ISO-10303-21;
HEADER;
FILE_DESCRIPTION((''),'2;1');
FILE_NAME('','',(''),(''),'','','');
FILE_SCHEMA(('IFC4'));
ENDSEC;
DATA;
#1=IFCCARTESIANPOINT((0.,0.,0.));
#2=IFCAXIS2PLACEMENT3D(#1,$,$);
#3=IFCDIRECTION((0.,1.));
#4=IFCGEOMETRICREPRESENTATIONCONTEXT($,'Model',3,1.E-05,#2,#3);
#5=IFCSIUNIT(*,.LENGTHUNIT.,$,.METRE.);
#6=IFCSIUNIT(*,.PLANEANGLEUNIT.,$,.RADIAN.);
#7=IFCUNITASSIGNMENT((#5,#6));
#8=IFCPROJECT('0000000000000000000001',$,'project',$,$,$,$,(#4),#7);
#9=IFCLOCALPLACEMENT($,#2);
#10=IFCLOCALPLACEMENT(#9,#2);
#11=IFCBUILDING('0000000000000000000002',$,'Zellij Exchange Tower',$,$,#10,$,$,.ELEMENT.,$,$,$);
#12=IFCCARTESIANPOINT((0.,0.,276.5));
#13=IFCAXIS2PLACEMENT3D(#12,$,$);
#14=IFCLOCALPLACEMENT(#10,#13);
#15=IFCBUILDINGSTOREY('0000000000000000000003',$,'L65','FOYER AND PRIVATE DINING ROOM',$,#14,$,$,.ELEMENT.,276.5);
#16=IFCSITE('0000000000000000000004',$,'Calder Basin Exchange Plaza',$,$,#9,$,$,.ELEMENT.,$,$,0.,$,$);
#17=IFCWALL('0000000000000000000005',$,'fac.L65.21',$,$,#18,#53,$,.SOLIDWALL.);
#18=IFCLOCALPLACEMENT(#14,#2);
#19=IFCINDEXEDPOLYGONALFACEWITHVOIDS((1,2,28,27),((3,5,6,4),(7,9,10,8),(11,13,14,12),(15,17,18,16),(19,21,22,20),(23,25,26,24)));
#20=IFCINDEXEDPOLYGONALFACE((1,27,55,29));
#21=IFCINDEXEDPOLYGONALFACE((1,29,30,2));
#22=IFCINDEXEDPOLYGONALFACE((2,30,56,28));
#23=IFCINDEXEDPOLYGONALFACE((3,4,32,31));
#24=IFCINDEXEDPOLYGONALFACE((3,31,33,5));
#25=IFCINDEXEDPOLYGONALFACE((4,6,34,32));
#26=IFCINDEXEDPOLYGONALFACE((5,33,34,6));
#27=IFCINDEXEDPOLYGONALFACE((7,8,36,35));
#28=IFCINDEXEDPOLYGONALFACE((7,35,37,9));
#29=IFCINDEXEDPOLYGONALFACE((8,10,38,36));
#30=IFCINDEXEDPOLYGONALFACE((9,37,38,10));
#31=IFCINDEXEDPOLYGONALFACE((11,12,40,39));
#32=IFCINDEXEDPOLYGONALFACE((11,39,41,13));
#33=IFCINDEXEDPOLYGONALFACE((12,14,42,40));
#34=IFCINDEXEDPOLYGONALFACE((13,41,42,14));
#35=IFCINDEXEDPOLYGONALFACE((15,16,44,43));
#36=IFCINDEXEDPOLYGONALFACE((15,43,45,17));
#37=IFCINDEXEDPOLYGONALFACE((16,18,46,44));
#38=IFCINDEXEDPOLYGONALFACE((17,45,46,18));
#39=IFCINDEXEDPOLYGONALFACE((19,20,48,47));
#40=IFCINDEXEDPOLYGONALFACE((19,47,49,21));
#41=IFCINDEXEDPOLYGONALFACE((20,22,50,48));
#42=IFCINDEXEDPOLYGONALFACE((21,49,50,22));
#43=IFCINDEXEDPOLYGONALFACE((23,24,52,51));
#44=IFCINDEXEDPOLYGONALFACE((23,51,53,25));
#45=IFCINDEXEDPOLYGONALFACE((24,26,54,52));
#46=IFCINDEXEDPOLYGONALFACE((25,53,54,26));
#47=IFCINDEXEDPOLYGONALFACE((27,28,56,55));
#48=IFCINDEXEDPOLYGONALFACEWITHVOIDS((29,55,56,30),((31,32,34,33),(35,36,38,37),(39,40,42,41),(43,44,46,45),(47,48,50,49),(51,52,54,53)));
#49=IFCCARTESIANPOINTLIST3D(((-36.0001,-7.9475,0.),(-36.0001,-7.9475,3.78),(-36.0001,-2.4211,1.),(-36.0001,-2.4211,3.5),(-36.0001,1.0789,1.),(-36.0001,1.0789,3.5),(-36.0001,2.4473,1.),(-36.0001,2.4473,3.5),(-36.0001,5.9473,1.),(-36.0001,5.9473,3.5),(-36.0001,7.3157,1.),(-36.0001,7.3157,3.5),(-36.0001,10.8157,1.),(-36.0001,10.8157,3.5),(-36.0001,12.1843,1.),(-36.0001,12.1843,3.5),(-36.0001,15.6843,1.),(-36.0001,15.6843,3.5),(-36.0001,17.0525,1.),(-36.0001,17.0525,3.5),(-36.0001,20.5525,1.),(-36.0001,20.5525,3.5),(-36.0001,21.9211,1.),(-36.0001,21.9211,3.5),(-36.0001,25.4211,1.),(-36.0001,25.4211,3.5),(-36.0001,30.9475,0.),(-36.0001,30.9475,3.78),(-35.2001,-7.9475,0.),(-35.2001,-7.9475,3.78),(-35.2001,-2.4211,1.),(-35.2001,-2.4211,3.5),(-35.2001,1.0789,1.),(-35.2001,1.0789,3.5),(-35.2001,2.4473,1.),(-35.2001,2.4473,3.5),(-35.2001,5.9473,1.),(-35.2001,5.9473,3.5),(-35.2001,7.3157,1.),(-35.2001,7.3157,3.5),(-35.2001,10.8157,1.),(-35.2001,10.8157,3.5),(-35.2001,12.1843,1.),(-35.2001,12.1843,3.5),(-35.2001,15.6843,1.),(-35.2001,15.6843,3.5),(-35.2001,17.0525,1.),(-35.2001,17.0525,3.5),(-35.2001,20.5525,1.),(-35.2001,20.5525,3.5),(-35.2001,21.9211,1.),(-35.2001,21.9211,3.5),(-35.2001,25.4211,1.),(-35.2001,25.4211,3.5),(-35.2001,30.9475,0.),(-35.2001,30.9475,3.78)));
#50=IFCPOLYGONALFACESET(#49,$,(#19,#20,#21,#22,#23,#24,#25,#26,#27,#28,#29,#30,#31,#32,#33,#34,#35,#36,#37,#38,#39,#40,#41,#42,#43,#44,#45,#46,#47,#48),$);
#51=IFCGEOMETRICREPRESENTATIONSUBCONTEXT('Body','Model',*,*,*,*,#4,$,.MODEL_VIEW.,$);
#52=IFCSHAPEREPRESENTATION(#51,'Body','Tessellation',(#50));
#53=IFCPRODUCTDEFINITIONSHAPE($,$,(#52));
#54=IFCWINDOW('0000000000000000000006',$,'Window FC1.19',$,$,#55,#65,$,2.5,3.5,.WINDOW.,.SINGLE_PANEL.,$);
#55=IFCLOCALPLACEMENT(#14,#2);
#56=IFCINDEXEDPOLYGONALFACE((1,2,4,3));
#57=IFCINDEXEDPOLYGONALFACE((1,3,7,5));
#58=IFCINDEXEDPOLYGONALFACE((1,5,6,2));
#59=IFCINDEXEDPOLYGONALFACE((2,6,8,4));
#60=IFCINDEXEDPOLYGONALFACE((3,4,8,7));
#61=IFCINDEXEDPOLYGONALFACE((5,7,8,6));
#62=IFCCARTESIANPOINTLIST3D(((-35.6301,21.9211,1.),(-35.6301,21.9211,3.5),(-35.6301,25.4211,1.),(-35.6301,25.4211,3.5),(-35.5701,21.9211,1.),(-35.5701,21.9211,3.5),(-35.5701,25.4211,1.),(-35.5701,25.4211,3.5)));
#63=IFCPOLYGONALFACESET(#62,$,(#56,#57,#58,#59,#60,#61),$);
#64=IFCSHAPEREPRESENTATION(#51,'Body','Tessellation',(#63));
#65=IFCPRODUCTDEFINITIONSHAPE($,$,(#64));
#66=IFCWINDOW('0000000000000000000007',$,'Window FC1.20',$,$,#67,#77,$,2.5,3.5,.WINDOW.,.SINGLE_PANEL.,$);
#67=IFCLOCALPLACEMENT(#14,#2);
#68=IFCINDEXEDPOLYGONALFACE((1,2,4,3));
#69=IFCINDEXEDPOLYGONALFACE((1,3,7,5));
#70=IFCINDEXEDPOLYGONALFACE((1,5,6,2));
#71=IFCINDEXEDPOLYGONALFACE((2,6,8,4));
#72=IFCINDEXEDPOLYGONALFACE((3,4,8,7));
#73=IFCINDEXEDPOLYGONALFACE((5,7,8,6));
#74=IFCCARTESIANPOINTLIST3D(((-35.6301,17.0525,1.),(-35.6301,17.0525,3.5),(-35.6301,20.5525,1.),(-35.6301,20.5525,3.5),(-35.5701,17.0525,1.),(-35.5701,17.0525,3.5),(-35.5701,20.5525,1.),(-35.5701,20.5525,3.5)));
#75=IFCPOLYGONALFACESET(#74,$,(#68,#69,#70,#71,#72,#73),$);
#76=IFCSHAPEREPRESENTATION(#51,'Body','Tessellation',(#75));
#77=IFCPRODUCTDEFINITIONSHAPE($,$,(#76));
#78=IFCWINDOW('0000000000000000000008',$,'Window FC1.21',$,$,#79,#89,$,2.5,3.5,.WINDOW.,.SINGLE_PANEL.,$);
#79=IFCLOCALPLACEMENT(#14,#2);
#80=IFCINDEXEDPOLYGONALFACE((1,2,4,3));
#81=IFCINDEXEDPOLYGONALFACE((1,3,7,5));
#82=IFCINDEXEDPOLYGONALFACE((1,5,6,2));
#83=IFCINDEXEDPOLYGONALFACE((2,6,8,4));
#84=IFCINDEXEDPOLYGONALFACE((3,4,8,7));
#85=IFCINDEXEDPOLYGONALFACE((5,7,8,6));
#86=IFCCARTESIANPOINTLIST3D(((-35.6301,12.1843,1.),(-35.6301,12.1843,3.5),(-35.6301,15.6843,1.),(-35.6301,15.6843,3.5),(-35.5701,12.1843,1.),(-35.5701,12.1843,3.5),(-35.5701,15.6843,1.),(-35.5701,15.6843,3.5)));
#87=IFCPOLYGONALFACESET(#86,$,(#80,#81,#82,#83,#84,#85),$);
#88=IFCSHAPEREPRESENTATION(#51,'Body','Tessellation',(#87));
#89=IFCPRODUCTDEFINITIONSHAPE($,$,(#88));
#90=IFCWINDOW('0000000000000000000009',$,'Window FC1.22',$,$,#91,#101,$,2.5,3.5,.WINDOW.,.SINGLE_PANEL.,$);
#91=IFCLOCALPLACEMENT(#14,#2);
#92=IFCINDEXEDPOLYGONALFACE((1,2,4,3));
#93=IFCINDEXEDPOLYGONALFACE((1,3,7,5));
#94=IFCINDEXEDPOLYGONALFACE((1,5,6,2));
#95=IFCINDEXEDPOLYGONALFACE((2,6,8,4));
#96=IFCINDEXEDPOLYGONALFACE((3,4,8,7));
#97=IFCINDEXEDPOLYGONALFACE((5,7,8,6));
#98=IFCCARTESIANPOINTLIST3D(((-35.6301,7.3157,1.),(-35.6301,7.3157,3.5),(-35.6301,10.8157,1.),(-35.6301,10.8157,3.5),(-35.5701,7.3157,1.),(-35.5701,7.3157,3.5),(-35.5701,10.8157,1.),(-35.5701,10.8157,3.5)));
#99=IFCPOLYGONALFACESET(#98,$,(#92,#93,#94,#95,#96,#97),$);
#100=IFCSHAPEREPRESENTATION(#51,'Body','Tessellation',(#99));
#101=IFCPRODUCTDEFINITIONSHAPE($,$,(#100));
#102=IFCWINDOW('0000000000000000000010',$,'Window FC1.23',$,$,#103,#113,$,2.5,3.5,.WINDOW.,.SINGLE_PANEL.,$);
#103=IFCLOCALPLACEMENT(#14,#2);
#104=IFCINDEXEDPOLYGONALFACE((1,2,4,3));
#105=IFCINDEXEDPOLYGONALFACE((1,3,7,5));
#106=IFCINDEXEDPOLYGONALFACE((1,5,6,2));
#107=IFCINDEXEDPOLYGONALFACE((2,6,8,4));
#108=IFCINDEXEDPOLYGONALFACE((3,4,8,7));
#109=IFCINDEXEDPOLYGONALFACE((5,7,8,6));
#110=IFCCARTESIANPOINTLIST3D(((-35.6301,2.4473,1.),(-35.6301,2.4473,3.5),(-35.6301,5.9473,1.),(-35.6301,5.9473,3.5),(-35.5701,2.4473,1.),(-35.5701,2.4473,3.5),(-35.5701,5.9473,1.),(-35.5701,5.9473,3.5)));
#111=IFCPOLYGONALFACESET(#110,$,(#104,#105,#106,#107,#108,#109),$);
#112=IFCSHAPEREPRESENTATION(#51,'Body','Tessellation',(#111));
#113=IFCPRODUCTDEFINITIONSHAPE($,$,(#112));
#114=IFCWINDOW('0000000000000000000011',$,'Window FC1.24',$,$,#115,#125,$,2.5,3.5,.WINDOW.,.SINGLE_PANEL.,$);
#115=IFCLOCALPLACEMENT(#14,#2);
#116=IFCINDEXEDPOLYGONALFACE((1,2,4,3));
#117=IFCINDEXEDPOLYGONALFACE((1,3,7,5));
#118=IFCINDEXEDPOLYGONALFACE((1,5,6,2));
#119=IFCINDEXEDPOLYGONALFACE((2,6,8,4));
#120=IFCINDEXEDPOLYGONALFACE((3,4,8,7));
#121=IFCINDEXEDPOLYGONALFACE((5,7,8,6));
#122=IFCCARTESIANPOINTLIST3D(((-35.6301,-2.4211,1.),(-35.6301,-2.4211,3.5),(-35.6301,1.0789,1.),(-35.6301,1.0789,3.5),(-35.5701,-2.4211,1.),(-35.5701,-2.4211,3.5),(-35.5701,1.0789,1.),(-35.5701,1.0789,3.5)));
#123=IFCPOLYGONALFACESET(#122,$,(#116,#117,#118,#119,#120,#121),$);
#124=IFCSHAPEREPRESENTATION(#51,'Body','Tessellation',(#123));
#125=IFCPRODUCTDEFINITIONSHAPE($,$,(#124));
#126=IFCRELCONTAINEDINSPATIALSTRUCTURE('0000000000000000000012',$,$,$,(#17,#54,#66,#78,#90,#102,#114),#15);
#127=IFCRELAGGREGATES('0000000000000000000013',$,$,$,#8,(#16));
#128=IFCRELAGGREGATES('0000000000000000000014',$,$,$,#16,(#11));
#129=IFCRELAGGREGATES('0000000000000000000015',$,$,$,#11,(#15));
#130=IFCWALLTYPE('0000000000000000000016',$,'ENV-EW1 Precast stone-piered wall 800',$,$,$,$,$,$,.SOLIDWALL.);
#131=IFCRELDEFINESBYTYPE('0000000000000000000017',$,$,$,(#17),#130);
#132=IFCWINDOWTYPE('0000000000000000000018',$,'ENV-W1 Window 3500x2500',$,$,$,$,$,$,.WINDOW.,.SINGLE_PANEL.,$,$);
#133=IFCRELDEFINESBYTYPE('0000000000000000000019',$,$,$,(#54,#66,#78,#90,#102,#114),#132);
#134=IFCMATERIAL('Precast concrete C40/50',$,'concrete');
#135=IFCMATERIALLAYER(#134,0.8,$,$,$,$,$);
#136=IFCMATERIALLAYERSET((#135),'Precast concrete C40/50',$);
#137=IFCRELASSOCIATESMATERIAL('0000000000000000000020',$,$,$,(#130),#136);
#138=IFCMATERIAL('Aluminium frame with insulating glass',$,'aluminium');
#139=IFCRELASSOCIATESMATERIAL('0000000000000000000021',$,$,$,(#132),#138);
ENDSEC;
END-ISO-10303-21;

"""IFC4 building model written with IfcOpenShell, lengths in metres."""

from ifc_helpers import new_model, si_unit, direction, frame, frame_2d, origin, place, context, subcontext, project, spatial, rectangle, extrude, material, layer, layer_set, type_object, element, fill, save


model = new_model("IFC4")

# Units and contexts
model_context = context("Model", 3, precision=1e-05, world=origin(), true_north=direction((0.0, 1.0)))
body_context = subcontext(model_context, "Body", "Model", "MODEL_VIEW")
ifc_project = project(units=[si_unit("LENGTHUNIT", "METRE"), si_unit("PLANEANGLEUNIT", "RADIAN")], contexts=[model_context])

# Site, building, storey
site_placement = place(None, origin())
site = spatial("IfcSite", under=ifc_project, at=site_placement, Name="Calder Basin Exchange Plaza", CompositionType="ELEMENT", RefElevation=0.0)
building_placement = place(site_placement, origin())
building = spatial("IfcBuilding", under=site, at=building_placement, Name="Zellij Exchange Tower", CompositionType="ELEMENT")
storey_placement = place(building_placement, frame((0.0, 0.0, 276.5)))
storey = spatial("IfcBuildingStorey", under=building, at=storey_placement, Name="L65", Description="FOYER AND PRIVATE DINING ROOM", CompositionType="ELEMENT", Elevation=276.5)

# Shared definitions
ifc_material_1 = material(Name="Precast concrete C40/50", Category="concrete")
ifc_layer = layer(ifc_material_1, 0.8)
ifc_layer_set = layer_set([ifc_layer], Name="Precast concrete C40/50")
wall_type = type_object("IfcWallType", Name="ENV-EW1 Precast stone-piered wall 800", PredefinedType="SOLIDWALL", material=ifc_layer_set)

# Wall, openings, windows
wall_1_placement = place(storey_placement, frame((-35.6001, 30.9475, 0.0), z_axis=(0.0, 0.0, 1.0), x_axis=(0.0, -1.0, 0.0)))
wall_1 = element("IfcWall", 1, at=wall_1_placement, inside=storey, type_object=wall_type, Name="fac.L65.21", PredefinedType="SOLIDWALL", context=body_context, shape_type="SweptSolid", body=[
    extrude(rectangle(XDim=38.895, YDim=0.8, at=frame_2d((19.4475, 0.0))), origin(), (0.0, 0.0, 1.0), 3.78),
])
opening_1_placement = place(wall_1_placement, frame((5.5264, 0.0, 1.0)))
opening_1 = element("IfcOpeningElement", 2, at=opening_1_placement, cuts=wall_1, PredefinedType="OPENING", context=body_context, shape_type="SweptSolid", body=[
    extrude(rectangle(XDim=3.5, YDim=2.5, at=frame_2d((1.75, 1.25))), frame((0.0, 0.4121, 0.0), z_axis=(0.0, -1.0, 0.0), x_axis=(1.0, 0.0, 0.0)), (0.0, 0.0, 1.0), 0.824),
])
opening_2_placement = place(wall_1_placement, frame((10.395, 0.0, 1.0)))
opening_2 = element("IfcOpeningElement", 3, at=opening_2_placement, cuts=wall_1, PredefinedType="OPENING", context=body_context, shape_type="SweptSolid", body=[
    extrude(rectangle(XDim=3.5, YDim=2.5, at=frame_2d((1.75, 1.25))), frame((0.0, 0.4121, 0.0), z_axis=(0.0, -1.0, 0.0), x_axis=(1.0, 0.0, 0.0)), (0.0, 0.0, 1.0), 0.824),
])
opening_3_placement = place(wall_1_placement, frame((15.2632, 0.0, 1.0)))
opening_3 = element("IfcOpeningElement", 4, at=opening_3_placement, cuts=wall_1, PredefinedType="OPENING", context=body_context, shape_type="SweptSolid", body=[
    extrude(rectangle(XDim=3.5, YDim=2.5, at=frame_2d((1.75, 1.25))), frame((0.0, 0.4121, 0.0), z_axis=(0.0, -1.0, 0.0), x_axis=(1.0, 0.0, 0.0)), (0.0, 0.0, 1.0), 0.824),
])
opening_4_placement = place(wall_1_placement, frame((20.1318, 0.0, 1.0)))
opening_4 = element("IfcOpeningElement", 5, at=opening_4_placement, cuts=wall_1, PredefinedType="OPENING", context=body_context, shape_type="SweptSolid", body=[
    extrude(rectangle(XDim=3.5, YDim=2.5, at=frame_2d((1.75, 1.25))), frame((0.0, 0.4121, 0.0), z_axis=(0.0, -1.0, 0.0), x_axis=(1.0, 0.0, 0.0)), (0.0, 0.0, 1.0), 0.824),
])
opening_5_placement = place(wall_1_placement, frame((25.0002, 0.0, 1.0)))
opening_5 = element("IfcOpeningElement", 6, at=opening_5_placement, cuts=wall_1, PredefinedType="OPENING", context=body_context, shape_type="SweptSolid", body=[
    extrude(rectangle(XDim=3.5, YDim=2.5, at=frame_2d((1.75, 1.25))), frame((0.0, 0.4121, 0.0), z_axis=(0.0, -1.0, 0.0), x_axis=(1.0, 0.0, 0.0)), (0.0, 0.0, 1.0), 0.824),
])
opening_6_placement = place(wall_1_placement, frame((29.8687, 0.0, 1.0)))
opening_6 = element("IfcOpeningElement", 7, at=opening_6_placement, cuts=wall_1, PredefinedType="OPENING", context=body_context, shape_type="SweptSolid", body=[
    extrude(rectangle(XDim=3.5, YDim=2.5, at=frame_2d((1.75, 1.25))), frame((0.0, 0.4121, 0.0), z_axis=(0.0, -1.0, 0.0), x_axis=(1.0, 0.0, 0.0)), (0.0, 0.0, 1.0), 0.824),
])
ifc_material_2 = material(Name="Aluminium frame with insulating glass", Category="aluminium")
window_type = type_object("IfcWindowType", Name="ENV-W1 Window 3500x2500", PartitioningType="SINGLE_PANEL", PredefinedType="WINDOW", material=ifc_material_2)
window_1_placement = place(opening_1_placement, origin())
window_1 = element("IfcWindow", 8, at=window_1_placement, inside=storey, type_object=window_type, Name="Window FC1.19", OverallHeight=2.5, OverallWidth=3.5, PartitioningType="SINGLE_PANEL", PredefinedType="WINDOW", context=body_context, shape_type="SweptSolid", body=[
    extrude(rectangle(XDim=3.5, YDim=2.5, at=frame_2d((1.75, 1.25))), frame((0.0, 0.03, 0.0), z_axis=(0.0, -1.0, 0.0), x_axis=(1.0, 0.0, 0.0)), (0.0, 0.0, 1.0), 0.0601),
])
fill(opening_1, window_1)
window_2_placement = place(opening_2_placement, origin())
window_2 = element("IfcWindow", 9, at=window_2_placement, inside=storey, type_object=window_type, Name="Window FC1.20", OverallHeight=2.5, OverallWidth=3.5, PartitioningType="SINGLE_PANEL", PredefinedType="WINDOW", context=body_context, shape_type="SweptSolid", body=[
    extrude(rectangle(XDim=3.5, YDim=2.5, at=frame_2d((1.75, 1.25))), frame((0.0, 0.03, 0.0), z_axis=(0.0, -1.0, 0.0), x_axis=(1.0, 0.0, 0.0)), (0.0, 0.0, 1.0), 0.0601),
])
fill(opening_2, window_2)
window_3_placement = place(opening_3_placement, origin())
window_3 = element("IfcWindow", 10, at=window_3_placement, inside=storey, type_object=window_type, Name="Window FC1.21", OverallHeight=2.5, OverallWidth=3.5, PartitioningType="SINGLE_PANEL", PredefinedType="WINDOW", context=body_context, shape_type="SweptSolid", body=[
    extrude(rectangle(XDim=3.5, YDim=2.5, at=frame_2d((1.75, 1.25))), frame((0.0, 0.03, 0.0), z_axis=(0.0, -1.0, 0.0), x_axis=(1.0, 0.0, 0.0)), (0.0, 0.0, 1.0), 0.0601),
])
fill(opening_3, window_3)
window_4_placement = place(opening_4_placement, origin())
window_4 = element("IfcWindow", 11, at=window_4_placement, inside=storey, type_object=window_type, Name="Window FC1.22", OverallHeight=2.5, OverallWidth=3.5, PartitioningType="SINGLE_PANEL", PredefinedType="WINDOW", context=body_context, shape_type="SweptSolid", body=[
    extrude(rectangle(XDim=3.5, YDim=2.5, at=frame_2d((1.75, 1.25))), frame((0.0, 0.03, 0.0), z_axis=(0.0, -1.0, 0.0), x_axis=(1.0, 0.0, 0.0)), (0.0, 0.0, 1.0), 0.0601),
])
fill(opening_4, window_4)
window_5_placement = place(opening_5_placement, origin())
window_5 = element("IfcWindow", 12, at=window_5_placement, inside=storey, type_object=window_type, Name="Window FC1.23", OverallHeight=2.5, OverallWidth=3.5, PartitioningType="SINGLE_PANEL", PredefinedType="WINDOW", context=body_context, shape_type="SweptSolid", body=[
    extrude(rectangle(XDim=3.5, YDim=2.5, at=frame_2d((1.75, 1.25))), frame((0.0, 0.03, 0.0), z_axis=(0.0, -1.0, 0.0), x_axis=(1.0, 0.0, 0.0)), (0.0, 0.0, 1.0), 0.0601),
])
fill(opening_5, window_5)
window_6_placement = place(opening_6_placement, origin())
window_6 = element("IfcWindow", 13, at=window_6_placement, inside=storey, type_object=window_type, Name="Window FC1.24", OverallHeight=2.5, OverallWidth=3.5, PartitioningType="SINGLE_PANEL", PredefinedType="WINDOW", context=body_context, shape_type="SweptSolid", body=[
    extrude(rectangle(XDim=3.5, YDim=2.5, at=frame_2d((1.75, 1.25))), frame((0.0, 0.03, 0.0), z_axis=(0.0, -1.0, 0.0), x_axis=(1.0, 0.0, 0.0)), (0.0, 0.0, 1.0), 0.0601),
])
fill(opening_6, window_6)

save(model, "model.ifc")
